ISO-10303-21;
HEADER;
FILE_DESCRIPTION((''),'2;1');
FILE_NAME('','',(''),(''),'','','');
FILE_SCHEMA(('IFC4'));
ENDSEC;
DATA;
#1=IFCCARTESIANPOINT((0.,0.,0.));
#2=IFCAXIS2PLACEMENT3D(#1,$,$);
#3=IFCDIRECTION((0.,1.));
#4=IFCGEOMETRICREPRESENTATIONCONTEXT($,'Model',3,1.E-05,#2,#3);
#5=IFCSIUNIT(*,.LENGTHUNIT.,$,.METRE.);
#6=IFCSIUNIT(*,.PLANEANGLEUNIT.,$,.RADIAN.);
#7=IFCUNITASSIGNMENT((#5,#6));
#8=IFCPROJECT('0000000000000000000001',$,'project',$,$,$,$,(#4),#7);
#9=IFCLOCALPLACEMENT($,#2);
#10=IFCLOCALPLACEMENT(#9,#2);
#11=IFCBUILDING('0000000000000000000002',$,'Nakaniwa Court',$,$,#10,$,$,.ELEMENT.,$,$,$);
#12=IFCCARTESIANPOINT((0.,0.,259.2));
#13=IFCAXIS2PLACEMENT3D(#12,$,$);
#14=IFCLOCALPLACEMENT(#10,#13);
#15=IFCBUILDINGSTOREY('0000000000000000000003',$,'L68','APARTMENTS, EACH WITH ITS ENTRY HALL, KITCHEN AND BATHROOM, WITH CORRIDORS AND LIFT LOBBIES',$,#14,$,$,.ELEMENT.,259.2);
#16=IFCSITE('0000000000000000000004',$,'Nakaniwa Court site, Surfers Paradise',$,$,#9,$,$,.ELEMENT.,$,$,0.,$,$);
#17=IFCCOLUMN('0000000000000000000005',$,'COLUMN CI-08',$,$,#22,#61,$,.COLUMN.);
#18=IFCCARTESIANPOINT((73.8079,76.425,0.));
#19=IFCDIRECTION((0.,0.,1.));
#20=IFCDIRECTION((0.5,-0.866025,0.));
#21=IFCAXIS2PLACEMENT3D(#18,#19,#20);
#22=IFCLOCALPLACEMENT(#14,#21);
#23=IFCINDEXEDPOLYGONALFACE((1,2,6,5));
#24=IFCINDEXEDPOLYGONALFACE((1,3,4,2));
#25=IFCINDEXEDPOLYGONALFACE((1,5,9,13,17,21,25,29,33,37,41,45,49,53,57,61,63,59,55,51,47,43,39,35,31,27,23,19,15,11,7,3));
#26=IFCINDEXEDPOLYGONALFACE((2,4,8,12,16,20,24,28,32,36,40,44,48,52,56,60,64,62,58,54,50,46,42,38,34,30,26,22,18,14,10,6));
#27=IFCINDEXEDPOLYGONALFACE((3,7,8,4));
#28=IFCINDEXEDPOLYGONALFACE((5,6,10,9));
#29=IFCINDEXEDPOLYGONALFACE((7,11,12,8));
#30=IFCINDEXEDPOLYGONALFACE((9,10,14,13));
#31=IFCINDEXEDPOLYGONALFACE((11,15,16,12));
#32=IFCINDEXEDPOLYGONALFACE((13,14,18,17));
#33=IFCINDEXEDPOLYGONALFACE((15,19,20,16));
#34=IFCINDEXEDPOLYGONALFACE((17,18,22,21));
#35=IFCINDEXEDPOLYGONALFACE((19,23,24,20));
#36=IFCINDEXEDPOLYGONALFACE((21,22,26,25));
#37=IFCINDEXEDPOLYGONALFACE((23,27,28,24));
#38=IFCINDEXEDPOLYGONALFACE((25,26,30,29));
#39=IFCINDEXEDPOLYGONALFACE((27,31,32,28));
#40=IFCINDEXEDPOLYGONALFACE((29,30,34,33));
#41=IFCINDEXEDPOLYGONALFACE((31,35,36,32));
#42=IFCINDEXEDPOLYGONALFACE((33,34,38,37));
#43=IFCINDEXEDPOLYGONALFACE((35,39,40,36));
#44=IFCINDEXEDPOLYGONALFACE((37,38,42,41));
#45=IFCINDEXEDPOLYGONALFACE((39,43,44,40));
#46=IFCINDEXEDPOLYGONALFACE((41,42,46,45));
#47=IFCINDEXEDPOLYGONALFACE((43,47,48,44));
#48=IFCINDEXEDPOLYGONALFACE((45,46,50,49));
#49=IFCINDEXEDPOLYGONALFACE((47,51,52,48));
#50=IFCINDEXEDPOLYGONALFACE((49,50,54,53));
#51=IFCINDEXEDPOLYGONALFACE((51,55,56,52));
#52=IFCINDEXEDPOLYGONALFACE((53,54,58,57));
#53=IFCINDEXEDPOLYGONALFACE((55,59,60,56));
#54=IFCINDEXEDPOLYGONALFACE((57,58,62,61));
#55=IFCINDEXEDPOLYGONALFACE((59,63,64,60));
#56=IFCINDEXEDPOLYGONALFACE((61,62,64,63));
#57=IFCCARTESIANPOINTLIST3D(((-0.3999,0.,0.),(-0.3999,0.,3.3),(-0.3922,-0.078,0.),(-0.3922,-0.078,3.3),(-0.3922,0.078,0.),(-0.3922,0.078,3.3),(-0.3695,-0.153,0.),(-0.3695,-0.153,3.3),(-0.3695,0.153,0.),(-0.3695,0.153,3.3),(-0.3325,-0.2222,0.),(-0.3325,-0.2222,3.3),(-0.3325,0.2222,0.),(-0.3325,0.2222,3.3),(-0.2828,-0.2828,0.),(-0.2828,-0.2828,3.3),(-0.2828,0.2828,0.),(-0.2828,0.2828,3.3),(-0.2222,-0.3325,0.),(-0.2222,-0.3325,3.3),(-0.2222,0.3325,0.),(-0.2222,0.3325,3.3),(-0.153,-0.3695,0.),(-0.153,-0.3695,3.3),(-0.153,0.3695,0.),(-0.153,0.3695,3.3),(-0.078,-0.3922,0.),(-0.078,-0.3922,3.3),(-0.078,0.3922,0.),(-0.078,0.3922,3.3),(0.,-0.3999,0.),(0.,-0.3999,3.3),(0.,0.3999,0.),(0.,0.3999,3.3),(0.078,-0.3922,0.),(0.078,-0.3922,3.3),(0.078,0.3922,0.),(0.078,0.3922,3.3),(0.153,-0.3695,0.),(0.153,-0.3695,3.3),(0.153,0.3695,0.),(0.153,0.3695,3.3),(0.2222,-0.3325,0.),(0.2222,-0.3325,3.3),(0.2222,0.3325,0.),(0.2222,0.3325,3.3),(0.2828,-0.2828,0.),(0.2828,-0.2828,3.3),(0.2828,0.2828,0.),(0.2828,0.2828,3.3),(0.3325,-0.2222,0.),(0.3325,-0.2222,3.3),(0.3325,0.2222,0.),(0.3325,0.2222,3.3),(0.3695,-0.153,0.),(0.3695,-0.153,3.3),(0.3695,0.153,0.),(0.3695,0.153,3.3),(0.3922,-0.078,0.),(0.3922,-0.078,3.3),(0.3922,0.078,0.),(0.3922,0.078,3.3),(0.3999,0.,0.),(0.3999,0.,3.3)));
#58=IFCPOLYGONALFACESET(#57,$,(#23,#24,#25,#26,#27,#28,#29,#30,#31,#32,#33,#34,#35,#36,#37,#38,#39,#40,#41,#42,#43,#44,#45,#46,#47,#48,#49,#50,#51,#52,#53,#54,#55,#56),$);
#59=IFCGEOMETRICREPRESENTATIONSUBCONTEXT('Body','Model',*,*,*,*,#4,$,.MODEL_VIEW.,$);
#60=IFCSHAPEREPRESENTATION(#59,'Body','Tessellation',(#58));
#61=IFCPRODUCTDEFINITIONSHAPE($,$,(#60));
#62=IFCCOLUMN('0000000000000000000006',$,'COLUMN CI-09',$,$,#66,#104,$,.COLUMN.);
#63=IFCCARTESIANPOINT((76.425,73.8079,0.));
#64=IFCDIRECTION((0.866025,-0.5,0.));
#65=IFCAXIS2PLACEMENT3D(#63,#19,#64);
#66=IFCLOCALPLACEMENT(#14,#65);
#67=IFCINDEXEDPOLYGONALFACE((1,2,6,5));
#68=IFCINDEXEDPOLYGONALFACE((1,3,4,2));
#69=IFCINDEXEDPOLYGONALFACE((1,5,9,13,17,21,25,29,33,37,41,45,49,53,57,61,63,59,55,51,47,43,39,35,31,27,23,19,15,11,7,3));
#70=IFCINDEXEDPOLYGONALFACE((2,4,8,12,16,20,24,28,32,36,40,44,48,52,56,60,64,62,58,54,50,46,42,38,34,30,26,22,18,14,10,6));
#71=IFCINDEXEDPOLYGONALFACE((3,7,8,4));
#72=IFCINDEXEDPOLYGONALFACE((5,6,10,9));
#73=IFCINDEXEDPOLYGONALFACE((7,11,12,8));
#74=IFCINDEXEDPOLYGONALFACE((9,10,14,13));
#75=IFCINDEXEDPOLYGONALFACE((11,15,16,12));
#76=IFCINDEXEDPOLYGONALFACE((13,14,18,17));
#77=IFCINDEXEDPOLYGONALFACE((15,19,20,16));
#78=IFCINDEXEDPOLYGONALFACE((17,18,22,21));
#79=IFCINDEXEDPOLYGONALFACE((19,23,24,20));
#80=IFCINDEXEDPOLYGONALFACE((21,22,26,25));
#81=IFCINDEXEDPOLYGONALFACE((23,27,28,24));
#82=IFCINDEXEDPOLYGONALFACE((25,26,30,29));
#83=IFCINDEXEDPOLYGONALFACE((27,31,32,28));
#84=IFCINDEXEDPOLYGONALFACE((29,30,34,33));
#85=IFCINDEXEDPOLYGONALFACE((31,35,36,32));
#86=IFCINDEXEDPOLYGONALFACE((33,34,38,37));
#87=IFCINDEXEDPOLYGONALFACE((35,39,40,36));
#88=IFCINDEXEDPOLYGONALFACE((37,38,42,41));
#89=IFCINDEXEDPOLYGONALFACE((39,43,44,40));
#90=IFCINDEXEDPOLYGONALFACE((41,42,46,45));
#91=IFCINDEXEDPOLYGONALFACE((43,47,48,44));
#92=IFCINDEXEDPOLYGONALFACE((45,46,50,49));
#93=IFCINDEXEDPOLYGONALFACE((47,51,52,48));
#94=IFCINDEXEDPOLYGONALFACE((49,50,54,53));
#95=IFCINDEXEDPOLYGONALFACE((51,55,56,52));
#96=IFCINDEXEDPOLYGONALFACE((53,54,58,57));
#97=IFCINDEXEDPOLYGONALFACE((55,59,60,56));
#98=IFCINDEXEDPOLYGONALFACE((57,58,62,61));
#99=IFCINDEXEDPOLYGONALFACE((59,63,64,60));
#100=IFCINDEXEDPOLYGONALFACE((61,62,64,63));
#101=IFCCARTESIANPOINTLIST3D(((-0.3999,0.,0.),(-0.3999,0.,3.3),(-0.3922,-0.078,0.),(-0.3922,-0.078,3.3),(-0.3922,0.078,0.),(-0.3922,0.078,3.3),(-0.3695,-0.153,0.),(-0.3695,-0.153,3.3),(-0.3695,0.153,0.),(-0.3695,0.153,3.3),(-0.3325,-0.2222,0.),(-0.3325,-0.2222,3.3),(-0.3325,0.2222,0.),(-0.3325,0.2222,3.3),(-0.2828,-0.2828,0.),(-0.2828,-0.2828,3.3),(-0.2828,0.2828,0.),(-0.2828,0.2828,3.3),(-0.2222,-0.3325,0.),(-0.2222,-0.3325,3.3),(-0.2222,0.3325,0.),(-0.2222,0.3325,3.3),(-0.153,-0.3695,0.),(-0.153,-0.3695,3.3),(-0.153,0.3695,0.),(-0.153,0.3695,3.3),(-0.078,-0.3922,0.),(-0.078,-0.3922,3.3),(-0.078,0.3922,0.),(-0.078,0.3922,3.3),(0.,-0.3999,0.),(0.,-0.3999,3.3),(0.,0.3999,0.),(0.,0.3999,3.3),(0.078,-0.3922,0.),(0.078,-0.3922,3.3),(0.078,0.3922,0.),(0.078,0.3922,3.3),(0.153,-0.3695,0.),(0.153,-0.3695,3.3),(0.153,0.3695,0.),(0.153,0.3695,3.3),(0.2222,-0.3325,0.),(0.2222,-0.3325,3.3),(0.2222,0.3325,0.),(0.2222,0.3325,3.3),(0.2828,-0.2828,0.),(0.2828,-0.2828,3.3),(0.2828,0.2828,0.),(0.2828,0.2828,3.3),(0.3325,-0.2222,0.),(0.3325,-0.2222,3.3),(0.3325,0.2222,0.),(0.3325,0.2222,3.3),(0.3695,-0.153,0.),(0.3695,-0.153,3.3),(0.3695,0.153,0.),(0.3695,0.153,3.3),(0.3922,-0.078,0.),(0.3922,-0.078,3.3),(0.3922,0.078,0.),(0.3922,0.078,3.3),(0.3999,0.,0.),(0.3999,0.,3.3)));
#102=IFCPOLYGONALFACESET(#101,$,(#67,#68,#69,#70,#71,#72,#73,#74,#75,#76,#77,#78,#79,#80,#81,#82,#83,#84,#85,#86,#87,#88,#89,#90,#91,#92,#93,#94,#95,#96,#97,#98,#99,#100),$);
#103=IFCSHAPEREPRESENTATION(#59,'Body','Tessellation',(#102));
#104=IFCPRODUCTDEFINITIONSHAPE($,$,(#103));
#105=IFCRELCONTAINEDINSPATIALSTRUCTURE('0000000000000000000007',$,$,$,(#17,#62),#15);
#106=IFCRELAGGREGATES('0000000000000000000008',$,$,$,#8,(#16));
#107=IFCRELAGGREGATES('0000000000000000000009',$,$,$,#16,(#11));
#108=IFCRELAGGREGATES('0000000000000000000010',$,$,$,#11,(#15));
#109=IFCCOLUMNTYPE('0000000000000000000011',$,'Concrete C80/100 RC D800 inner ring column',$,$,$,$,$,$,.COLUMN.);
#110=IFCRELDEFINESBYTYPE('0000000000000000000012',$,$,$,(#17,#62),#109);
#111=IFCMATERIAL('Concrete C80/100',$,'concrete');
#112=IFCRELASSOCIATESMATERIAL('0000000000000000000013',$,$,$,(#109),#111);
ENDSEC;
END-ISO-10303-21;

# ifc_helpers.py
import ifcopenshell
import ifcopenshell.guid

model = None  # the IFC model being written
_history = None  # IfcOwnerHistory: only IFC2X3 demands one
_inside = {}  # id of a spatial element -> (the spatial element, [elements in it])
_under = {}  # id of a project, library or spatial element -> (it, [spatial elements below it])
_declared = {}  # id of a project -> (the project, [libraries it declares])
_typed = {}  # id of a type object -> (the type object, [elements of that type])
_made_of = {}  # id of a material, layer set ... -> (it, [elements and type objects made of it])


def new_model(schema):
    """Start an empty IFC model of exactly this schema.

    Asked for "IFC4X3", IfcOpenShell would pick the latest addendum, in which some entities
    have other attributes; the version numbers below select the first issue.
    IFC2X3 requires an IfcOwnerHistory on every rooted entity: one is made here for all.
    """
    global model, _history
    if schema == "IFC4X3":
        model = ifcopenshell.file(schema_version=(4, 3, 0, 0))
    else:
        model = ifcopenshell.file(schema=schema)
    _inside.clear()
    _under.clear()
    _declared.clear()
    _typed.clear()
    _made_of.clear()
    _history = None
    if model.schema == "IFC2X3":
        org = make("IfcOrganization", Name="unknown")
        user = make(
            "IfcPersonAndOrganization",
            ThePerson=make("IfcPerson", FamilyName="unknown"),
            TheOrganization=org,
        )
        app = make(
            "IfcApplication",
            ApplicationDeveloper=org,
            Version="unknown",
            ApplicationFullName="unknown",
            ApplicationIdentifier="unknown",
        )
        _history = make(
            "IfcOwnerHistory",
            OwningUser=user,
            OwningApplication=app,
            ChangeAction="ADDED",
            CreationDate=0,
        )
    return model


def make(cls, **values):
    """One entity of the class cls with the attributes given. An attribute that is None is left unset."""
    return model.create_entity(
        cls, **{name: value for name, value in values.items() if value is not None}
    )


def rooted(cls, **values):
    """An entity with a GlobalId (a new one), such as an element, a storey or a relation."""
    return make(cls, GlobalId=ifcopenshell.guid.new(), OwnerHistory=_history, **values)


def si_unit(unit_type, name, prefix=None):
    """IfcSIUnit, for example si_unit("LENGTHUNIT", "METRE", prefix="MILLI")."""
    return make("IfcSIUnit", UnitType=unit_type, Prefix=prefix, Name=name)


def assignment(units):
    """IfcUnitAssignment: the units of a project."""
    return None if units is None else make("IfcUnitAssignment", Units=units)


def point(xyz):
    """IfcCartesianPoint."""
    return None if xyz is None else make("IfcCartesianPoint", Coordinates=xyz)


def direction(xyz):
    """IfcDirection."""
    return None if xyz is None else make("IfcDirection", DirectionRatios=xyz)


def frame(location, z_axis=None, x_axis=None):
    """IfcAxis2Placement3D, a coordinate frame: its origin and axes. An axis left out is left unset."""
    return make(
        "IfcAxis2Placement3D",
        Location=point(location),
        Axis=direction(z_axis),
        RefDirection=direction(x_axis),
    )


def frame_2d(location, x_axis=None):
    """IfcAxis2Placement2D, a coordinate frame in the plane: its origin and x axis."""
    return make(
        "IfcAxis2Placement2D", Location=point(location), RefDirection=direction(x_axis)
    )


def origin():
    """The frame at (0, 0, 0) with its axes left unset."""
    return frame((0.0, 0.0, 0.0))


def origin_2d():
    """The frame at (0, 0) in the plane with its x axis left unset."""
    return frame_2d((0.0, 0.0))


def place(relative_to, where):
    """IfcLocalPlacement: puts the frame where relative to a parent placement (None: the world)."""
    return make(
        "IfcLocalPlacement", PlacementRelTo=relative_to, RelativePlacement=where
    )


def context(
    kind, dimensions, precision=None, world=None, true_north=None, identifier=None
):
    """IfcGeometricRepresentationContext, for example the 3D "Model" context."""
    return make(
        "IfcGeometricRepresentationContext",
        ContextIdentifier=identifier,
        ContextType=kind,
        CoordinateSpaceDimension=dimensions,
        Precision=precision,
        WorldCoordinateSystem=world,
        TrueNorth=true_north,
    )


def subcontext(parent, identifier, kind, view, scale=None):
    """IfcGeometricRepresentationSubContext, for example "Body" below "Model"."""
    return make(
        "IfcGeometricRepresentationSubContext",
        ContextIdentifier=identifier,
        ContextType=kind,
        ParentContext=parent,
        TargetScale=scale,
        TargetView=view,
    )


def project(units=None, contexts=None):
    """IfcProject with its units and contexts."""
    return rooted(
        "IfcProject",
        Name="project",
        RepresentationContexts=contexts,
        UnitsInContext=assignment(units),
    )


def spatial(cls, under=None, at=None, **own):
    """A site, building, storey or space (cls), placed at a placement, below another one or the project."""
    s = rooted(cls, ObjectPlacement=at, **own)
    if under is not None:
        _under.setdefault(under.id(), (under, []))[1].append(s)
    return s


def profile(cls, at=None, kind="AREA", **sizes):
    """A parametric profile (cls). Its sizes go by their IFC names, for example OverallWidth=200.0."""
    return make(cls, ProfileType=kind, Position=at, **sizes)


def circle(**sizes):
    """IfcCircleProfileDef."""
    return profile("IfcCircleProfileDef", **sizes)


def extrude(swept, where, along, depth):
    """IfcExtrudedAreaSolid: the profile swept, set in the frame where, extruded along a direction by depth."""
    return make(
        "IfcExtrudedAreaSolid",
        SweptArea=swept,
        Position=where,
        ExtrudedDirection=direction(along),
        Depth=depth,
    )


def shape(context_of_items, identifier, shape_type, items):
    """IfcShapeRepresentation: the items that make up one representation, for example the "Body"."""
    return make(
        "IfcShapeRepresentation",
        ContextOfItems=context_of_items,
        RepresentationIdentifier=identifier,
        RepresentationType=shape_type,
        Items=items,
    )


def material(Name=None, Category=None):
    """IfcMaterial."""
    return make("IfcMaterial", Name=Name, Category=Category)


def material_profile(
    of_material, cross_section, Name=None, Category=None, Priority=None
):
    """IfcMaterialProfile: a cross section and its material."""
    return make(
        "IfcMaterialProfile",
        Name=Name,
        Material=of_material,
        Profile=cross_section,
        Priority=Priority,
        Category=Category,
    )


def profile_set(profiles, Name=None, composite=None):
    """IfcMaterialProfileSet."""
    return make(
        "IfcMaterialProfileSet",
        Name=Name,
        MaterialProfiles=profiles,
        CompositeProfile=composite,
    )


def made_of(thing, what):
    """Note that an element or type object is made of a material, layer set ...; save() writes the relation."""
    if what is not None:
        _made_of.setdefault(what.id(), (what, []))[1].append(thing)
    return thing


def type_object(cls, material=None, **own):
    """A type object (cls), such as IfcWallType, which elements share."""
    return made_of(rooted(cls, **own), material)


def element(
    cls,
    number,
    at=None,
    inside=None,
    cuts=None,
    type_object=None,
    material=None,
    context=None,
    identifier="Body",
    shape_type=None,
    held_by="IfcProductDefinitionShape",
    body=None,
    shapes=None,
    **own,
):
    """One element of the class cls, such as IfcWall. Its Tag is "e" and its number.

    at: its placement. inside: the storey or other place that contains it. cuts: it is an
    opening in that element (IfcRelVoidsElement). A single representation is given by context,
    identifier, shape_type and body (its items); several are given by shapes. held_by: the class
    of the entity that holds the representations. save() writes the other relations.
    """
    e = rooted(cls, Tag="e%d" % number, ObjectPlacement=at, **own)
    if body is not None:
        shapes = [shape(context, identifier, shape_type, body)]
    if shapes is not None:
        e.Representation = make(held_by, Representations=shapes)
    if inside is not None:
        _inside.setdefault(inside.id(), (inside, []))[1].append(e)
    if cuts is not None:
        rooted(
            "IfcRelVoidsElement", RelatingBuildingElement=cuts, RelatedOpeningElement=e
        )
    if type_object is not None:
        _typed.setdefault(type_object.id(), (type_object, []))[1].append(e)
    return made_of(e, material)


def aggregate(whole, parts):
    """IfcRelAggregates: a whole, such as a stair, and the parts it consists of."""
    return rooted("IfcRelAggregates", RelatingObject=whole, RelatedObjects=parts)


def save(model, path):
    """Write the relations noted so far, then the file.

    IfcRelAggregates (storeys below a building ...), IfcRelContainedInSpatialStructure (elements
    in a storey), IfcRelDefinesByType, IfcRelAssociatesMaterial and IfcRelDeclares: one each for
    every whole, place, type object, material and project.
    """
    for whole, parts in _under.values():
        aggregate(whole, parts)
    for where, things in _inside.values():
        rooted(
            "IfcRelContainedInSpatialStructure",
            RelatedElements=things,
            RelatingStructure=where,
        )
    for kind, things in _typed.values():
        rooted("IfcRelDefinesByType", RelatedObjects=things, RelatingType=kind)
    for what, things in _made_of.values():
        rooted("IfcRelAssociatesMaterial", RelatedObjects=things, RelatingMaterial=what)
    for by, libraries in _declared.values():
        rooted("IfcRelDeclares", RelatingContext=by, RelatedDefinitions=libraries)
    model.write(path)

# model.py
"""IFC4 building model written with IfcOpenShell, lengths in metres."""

from ifc_helpers import new_model, si_unit, direction, frame, origin, origin_2d, place, context, subcontext, project, spatial, circle, extrude, material, material_profile, profile_set, type_object, element, save


model = new_model("IFC4")

# Units and contexts
model_context = context("Model", 3, precision=1e-05, world=origin(), true_north=direction((0.0, 1.0)))
body_context = subcontext(model_context, "Body", "Model", "MODEL_VIEW")
ifc_project = project(units=[si_unit("LENGTHUNIT", "METRE"), si_unit("PLANEANGLEUNIT", "RADIAN")], contexts=[model_context])

# Site, building, storey
site_placement = place(None, origin())
site = spatial("IfcSite", under=ifc_project, at=site_placement, Name="Nakaniwa Court site, Surfers Paradise", CompositionType="ELEMENT", RefElevation=0.0)
building_placement = place(site_placement, origin())
building = spatial("IfcBuilding", under=site, at=building_placement, Name="Nakaniwa Court", CompositionType="ELEMENT")
storey_placement = place(building_placement, frame((0.0, 0.0, 259.2)))
storey = spatial("IfcBuildingStorey", under=building, at=storey_placement, Name="L68", Description="APARTMENTS, EACH WITH ITS ENTRY HALL, KITCHEN AND BATHROOM, WITH CORRIDORS AND LIFT LOBBIES", CompositionType="ELEMENT", Elevation=259.2)

# Columns
ifc_material_1 = material(Name="Concrete C80/100", Category="concrete")
ifc_material_profile_1 = material_profile(ifc_material_1, circle(Radius=0.3999, at=origin_2d()), Name="Concrete C80/100 RC D800 inner ring column")
ifc_profile_set_1 = profile_set([ifc_material_profile_1], Name="Concrete C80/100")
column_type_1 = type_object("IfcColumnType", Name="Concrete C80/100 RC D800 inner ring column", PredefinedType="COLUMN", material=ifc_profile_set_1)
for number, where, z_axis, x_axis, name in (
    (1, (73.8079, 76.425, 0.0), (0.0, 0.0, 1.0), (0.5, -0.866025, 0.0), "COLUMN CI-08"),
    (2, (76.425, 73.8079, 0.0), (0.0, 0.0, 1.0), (0.866025, -0.5, 0.0), "COLUMN CI-09"),
):
    element("IfcColumn", number, at=place(storey_placement, frame(where, z_axis=z_axis, x_axis=x_axis)), inside=storey, type_object=column_type_1, Name=name, PredefinedType="COLUMN", context=body_context, shape_type="SweptSolid", body=[
        extrude(circle(Radius=0.3999, at=origin_2d()), origin(), (0.0, 0.0, 1.0), 3.3),
    ])

save(model, "model.ifc")
